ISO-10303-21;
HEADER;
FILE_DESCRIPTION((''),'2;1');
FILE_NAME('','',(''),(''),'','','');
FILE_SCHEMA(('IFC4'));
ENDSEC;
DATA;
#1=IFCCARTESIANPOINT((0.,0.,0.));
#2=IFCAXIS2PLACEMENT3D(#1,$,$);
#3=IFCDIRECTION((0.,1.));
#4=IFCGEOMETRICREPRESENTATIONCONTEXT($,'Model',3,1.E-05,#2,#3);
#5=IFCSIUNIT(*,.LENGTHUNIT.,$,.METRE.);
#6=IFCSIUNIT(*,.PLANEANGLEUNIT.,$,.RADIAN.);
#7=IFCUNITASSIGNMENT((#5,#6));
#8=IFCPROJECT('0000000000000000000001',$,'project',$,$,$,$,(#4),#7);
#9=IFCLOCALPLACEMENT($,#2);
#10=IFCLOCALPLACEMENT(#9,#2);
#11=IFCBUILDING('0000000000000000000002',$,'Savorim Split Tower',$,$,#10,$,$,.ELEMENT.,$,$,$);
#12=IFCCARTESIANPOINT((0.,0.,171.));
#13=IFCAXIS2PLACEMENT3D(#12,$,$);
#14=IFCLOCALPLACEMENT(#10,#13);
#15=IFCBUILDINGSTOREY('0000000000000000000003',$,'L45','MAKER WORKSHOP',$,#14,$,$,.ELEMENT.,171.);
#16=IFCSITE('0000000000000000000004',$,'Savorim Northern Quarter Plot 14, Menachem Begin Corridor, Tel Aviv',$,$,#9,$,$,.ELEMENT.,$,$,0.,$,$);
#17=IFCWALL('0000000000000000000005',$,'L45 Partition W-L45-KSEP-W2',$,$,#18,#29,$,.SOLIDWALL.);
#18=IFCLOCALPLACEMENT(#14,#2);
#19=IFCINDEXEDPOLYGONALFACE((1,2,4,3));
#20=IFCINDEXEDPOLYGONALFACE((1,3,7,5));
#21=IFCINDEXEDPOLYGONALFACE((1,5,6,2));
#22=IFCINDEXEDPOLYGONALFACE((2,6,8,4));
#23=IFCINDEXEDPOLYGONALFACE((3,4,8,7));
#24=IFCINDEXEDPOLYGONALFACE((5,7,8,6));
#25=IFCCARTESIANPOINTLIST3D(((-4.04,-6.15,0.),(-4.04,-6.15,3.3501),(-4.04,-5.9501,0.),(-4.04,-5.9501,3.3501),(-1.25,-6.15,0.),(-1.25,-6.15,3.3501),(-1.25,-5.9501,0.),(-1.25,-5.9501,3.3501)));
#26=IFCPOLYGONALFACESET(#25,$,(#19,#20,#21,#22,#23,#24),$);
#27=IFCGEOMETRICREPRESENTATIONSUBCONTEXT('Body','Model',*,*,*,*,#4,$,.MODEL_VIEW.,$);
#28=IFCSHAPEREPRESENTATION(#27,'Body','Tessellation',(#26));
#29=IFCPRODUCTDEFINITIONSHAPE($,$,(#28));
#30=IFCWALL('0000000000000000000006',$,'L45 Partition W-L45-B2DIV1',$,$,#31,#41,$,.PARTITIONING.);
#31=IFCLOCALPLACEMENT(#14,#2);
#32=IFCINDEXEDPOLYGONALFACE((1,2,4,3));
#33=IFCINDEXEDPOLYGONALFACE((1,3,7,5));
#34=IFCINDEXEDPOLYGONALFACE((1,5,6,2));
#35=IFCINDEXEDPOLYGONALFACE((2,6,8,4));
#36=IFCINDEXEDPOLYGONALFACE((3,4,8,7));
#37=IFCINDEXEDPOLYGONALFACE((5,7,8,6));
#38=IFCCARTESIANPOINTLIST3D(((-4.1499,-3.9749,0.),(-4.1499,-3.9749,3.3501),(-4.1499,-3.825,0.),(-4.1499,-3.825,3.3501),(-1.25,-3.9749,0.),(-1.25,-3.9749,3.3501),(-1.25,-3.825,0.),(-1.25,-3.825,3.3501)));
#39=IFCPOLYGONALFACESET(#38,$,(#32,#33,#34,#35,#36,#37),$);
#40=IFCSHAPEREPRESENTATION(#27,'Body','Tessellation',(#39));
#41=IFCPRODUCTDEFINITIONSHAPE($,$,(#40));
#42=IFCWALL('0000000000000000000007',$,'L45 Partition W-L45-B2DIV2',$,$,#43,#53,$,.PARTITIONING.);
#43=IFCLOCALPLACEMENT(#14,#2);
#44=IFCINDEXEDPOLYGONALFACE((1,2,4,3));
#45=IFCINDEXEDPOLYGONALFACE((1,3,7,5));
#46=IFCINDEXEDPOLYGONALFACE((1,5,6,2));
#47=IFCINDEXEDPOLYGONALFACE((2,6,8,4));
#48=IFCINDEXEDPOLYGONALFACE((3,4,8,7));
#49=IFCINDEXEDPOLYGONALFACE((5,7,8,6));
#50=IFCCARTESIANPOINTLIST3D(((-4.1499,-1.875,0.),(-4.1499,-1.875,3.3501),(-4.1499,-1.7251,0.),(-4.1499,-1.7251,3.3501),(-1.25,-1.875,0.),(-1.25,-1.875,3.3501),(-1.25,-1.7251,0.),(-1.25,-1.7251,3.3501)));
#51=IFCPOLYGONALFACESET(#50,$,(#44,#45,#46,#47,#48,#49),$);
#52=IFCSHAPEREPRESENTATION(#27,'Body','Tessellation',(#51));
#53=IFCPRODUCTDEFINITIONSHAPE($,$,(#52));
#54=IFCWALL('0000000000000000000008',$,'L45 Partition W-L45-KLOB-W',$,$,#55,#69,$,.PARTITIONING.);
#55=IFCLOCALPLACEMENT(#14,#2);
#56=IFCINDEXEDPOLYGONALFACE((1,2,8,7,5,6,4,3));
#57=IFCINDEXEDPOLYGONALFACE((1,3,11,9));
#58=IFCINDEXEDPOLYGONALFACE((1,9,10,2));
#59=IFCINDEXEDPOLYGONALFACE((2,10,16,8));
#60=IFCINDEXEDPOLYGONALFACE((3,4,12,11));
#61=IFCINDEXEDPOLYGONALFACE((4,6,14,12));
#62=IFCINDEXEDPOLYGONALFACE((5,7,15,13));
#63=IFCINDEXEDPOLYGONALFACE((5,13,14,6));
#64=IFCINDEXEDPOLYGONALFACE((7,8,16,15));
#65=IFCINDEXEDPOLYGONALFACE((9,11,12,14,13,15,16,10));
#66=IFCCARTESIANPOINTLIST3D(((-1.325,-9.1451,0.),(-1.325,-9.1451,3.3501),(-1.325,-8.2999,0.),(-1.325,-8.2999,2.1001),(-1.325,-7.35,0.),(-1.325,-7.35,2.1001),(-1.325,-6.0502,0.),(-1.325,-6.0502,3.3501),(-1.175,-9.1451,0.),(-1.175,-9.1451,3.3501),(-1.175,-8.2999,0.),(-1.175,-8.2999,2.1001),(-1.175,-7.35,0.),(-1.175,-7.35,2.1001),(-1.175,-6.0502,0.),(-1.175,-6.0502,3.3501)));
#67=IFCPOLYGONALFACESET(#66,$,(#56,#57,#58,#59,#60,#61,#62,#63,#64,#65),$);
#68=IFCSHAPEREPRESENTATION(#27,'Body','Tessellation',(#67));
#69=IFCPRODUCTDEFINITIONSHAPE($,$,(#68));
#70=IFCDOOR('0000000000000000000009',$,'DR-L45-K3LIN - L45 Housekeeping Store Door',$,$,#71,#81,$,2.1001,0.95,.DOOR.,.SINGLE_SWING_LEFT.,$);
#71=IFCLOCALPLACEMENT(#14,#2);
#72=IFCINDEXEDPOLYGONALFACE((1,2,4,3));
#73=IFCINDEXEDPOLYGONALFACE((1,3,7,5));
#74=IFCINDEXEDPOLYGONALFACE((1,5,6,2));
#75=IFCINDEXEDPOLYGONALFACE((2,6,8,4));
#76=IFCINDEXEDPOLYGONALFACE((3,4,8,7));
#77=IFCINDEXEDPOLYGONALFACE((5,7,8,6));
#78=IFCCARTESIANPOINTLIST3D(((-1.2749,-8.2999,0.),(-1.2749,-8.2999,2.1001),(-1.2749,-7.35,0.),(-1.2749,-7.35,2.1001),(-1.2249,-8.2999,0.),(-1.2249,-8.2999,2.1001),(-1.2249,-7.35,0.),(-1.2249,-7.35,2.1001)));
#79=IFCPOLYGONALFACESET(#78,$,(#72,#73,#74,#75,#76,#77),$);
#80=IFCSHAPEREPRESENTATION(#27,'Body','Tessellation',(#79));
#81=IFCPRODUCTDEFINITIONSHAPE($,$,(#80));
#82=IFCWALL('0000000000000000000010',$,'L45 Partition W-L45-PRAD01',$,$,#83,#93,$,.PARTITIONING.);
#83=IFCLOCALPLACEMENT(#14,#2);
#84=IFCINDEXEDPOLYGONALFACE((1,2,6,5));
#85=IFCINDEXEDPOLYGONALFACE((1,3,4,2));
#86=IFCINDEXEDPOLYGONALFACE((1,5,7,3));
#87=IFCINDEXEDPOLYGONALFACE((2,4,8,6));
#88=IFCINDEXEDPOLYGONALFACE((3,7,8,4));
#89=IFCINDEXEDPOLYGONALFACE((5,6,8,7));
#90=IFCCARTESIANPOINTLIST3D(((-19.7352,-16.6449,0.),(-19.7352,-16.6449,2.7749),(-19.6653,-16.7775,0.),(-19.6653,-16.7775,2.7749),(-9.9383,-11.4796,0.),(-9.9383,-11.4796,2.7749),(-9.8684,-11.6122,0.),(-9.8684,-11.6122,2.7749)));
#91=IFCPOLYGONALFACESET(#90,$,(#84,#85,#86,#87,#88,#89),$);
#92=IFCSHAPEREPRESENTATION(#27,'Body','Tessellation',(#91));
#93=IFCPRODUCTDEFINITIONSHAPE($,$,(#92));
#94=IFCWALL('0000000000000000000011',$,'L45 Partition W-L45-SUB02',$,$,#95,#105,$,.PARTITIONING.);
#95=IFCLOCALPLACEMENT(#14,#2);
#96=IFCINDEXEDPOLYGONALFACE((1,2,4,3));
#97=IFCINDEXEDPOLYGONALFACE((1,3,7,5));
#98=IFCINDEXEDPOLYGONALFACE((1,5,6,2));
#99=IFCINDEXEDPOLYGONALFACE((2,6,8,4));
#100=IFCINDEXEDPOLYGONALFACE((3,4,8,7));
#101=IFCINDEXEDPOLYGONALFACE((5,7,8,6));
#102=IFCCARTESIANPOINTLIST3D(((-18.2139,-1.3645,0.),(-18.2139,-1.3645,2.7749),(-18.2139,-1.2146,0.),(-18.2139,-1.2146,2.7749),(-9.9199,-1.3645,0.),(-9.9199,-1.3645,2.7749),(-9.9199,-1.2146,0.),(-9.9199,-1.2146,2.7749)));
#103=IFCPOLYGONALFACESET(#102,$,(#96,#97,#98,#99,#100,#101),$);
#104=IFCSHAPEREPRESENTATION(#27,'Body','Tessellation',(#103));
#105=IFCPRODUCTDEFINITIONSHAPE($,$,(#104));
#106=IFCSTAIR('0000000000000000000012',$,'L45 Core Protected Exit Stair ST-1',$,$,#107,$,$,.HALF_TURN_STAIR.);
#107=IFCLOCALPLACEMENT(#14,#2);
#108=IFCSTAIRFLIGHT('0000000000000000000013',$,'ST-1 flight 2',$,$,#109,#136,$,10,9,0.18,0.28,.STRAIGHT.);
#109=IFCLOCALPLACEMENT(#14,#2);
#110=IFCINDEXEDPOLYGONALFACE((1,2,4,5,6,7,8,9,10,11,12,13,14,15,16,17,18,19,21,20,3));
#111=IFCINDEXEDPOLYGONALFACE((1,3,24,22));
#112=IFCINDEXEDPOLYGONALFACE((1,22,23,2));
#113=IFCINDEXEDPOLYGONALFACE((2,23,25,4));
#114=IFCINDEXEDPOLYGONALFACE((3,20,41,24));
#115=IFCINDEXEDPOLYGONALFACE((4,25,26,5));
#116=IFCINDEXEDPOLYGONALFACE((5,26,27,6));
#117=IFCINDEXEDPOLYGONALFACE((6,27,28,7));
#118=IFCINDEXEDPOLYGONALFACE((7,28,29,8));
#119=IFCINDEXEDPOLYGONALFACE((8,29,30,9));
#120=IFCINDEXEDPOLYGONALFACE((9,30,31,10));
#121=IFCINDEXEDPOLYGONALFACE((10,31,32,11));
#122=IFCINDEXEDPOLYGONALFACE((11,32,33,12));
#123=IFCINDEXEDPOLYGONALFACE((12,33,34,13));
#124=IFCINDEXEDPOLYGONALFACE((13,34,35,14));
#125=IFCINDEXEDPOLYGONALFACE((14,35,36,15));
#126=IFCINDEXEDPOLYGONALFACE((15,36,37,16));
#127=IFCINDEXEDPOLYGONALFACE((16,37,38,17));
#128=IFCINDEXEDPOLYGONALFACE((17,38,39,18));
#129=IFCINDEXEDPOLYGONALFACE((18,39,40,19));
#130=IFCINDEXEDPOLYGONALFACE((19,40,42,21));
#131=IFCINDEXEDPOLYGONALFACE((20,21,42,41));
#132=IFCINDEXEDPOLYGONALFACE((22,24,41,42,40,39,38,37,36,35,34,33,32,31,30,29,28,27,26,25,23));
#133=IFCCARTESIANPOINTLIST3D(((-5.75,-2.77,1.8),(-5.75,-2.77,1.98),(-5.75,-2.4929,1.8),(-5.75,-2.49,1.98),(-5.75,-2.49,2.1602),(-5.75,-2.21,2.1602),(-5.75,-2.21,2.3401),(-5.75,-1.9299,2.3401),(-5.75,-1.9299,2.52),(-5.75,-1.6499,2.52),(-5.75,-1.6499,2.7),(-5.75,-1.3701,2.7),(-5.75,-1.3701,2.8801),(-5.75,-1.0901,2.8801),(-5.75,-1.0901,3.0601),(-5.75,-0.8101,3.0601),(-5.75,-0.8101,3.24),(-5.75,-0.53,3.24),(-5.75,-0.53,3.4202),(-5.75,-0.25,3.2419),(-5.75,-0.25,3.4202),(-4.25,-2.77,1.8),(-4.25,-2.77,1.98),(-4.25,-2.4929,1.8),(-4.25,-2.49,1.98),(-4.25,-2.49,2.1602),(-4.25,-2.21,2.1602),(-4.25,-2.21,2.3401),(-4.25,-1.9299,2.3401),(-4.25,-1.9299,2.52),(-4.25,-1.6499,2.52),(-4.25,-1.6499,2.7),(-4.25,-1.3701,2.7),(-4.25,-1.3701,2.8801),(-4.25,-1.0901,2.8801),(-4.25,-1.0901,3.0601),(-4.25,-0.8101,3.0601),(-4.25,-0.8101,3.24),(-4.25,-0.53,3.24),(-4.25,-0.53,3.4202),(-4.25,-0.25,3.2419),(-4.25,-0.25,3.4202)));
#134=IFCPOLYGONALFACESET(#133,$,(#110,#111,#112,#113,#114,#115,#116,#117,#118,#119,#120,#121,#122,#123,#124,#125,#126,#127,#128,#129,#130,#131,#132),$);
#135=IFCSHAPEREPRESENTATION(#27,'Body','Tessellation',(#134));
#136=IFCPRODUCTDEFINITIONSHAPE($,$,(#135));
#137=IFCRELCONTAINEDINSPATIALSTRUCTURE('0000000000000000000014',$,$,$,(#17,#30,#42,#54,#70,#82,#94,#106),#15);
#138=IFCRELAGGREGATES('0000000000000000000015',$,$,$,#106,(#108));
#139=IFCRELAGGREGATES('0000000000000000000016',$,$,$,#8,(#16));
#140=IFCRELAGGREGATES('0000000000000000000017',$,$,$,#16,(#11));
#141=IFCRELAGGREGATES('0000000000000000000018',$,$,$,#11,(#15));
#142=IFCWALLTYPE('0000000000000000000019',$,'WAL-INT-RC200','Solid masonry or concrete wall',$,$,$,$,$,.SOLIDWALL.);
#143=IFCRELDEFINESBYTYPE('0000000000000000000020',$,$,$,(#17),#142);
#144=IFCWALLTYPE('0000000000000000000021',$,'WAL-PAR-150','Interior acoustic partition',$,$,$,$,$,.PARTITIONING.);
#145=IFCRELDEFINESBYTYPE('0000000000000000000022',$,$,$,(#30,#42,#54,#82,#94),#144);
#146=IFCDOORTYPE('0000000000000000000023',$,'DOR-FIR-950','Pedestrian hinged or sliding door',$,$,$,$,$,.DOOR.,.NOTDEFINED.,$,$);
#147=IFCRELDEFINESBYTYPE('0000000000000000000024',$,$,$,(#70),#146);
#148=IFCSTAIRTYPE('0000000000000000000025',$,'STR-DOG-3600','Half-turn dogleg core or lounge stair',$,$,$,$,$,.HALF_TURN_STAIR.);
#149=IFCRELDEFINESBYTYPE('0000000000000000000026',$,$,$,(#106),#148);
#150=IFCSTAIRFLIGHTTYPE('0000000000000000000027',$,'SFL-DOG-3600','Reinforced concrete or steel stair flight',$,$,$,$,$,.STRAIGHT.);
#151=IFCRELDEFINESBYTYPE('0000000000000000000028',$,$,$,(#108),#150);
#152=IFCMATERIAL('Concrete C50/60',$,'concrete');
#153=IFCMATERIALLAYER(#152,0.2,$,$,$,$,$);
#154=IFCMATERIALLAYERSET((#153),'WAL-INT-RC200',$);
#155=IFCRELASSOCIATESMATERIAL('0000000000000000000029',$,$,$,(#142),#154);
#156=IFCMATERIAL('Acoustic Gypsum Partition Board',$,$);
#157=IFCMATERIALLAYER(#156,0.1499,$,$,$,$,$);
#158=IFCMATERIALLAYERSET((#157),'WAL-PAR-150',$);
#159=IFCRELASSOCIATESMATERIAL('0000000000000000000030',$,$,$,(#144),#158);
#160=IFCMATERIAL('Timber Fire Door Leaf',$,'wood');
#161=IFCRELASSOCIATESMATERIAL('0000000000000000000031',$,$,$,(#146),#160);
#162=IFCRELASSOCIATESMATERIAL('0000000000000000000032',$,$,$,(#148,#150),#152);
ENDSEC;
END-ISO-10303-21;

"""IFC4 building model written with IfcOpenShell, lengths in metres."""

from ifc_helpers import new_model, si_unit, direction, frame, frame_2d, origin, place, context, subcontext, project, spatial, polyline, rectangle, outline, extrude, material, layer, layer_set, type_object, element, fill, aggregate, save


model = new_model("IFC4")

# Units and contexts
model_context = context("Model", 3, precision=1e-05, world=origin(), true_north=direction((0.0, 1.0)))
body_context = subcontext(model_context, "Body", "Model", "MODEL_VIEW")
ifc_project = project(units=[si_unit("LENGTHUNIT", "METRE"), si_unit("PLANEANGLEUNIT", "RADIAN")], contexts=[model_context])

# Site, building, storey
site_placement = place(None, origin())
site = spatial("IfcSite", under=ifc_project, at=site_placement, Name="Savorim Northern Quarter Plot 14, Menachem Begin Corridor, Tel Aviv", CompositionType="ELEMENT", RefElevation=0.0)
building_placement = place(site_placement, origin())
building = spatial("IfcBuilding", under=site, at=building_placement, Name="Savorim Split Tower", CompositionType="ELEMENT")
storey_placement = place(building_placement, frame((0.0, 0.0, 171.0)))
storey = spatial("IfcBuildingStorey", under=building, at=storey_placement, Name="L45", Description="MAKER WORKSHOP", CompositionType="ELEMENT", Elevation=171.0)

# Shared definitions
ifc_material_1 = material(Name="Timber Fire Door Leaf", Category="wood")

# Shared definitions
ifc_material_2 = material(Name="Concrete C50/60", Category="concrete")
ifc_layer_1 = layer(ifc_material_2, 0.2)
ifc_layer_set_1 = layer_set([ifc_layer_1], Name="WAL-INT-RC200")
wall_type_1 = type_object("IfcWallType", Name="WAL-INT-RC200", Description="Solid masonry or concrete wall", PredefinedType="SOLIDWALL", material=ifc_layer_set_1)

# Walls
wall_1_placement = place(storey_placement, frame((-4.04, -6.05, 0.0), z_axis=(0.0, 0.0, 1.0), x_axis=(1.0, 0.0, 0.0)))
element("IfcWall", 1, at=wall_1_placement, inside=storey, type_object=wall_type_1, Name="L45 Partition W-L45-KSEP-W2", PredefinedType="SOLIDWALL", context=body_context, shape_type="SweptSolid", body=[
    extrude(rectangle(XDim=2.79, YDim=0.2, at=frame_2d((1.395, 0.0))), origin(), (0.0, 0.0, 1.0), 3.3501),
])
ifc_material_3 = material(Name="Acoustic Gypsum Partition Board")
ifc_layer_2 = layer(ifc_material_3, 0.1499)
ifc_layer_set_2 = layer_set([ifc_layer_2], Name="WAL-PAR-150")
wall_type_2 = type_object("IfcWallType", Name="WAL-PAR-150", Description="Interior acoustic partition", PredefinedType="PARTITIONING", material=ifc_layer_set_2)
for number, where, z_axis, x_axis, name in (
    (2, (-4.1499, -3.8999, 0.0), (0.0, 0.0, 1.0), (1.0, 0.0, 0.0), "L45 Partition W-L45-B2DIV1"),
    (3, (-4.1499, -1.8, 0.0), (0.0, 0.0, 1.0), (1.0, 0.0, 0.0), "L45 Partition W-L45-B2DIV2"),
):
    element("IfcWall", number, at=place(storey_placement, frame(where, z_axis=z_axis, x_axis=x_axis)), inside=storey, type_object=wall_type_2, Name=name, PredefinedType="PARTITIONING", context=body_context, shape_type="SweptSolid", body=[
        extrude(rectangle(XDim=2.8999, YDim=0.1499, at=frame_2d((1.45, 0.0))), origin(), (0.0, 0.0, 1.0), 3.3501),
    ])

# Wall, opening, door
wall_2_placement = place(storey_placement, frame((-1.25, -9.145, 0.0), z_axis=(0.0, 0.0, 1.0), x_axis=(0.0, 1.0, 0.0)))
wall_2 = element("IfcWall", 4, at=wall_2_placement, inside=storey, type_object=wall_type_2, Name="L45 Partition W-L45-KLOB-W", PredefinedType="PARTITIONING", context=body_context, shape_type="SweptSolid", body=[
    extrude(rectangle(XDim=3.095, YDim=0.1499, at=frame_2d((1.5474, 0.0))), origin(), (0.0, 0.0, 1.0), 3.3501),
])
opening_1_placement = place(wall_2_placement, frame((0.845, 0.0, 0.0)))
opening_1 = element("IfcOpeningElement", 5, at=opening_1_placement, cuts=wall_2, PredefinedType="OPENING", context=body_context, shape_type="SweptSolid", body=[
    extrude(rectangle(XDim=0.95, YDim=2.1001, at=frame_2d((0.4751, 1.05))), frame((0.0, 0.085, 0.0), z_axis=(0.0, -1.0, 0.0), x_axis=(1.0, 0.0, 0.0)), (0.0, 0.0, 1.0), 0.1699),
])
door_type_1 = type_object("IfcDoorType", Name="DOR-FIR-950", Description="Pedestrian hinged or sliding door", OperationType="NOTDEFINED", PredefinedType="DOOR", material=ifc_material_1)
door_1_placement = place(opening_1_placement, origin())
door_1 = element("IfcDoor", 6, at=door_1_placement, inside=storey, type_object=door_type_1, Name="DR-L45-K3LIN - L45 Housekeeping Store Door", OperationType="SINGLE_SWING_LEFT", OverallHeight=2.1001, OverallWidth=0.95, PredefinedType="DOOR", context=body_context, shape_type="SweptSolid", body=[
    extrude(rectangle(XDim=0.95, YDim=2.1001, at=frame_2d((0.4751, 1.05))), frame((0.0, 0.0249, 0.0), z_axis=(0.0, -1.0, 0.0), x_axis=(1.0, 0.0, 0.0)), (0.0, 0.0, 1.0), 0.05),
])
fill(opening_1, door_1)

# Walls
wall_3_placement = place(storey_placement, frame((-9.9033, -11.5459, 0.0), z_axis=(0.0, 0.0, 1.0), x_axis=(-0.884582, -0.466385, 0.0)))
element("IfcWall", 7, at=wall_3_placement, inside=storey, type_object=wall_type_2, Name="L45 Partition W-L45-PRAD01", PredefinedType="PARTITIONING", context=body_context, shape_type="SweptSolid", body=[
    extrude(rectangle(XDim=11.0752, YDim=0.1499, at=frame_2d((5.5376, 0.0))), origin(), (0.0, 0.0, 1.0), 2.7749),
])
wall_4_placement = place(storey_placement, frame((-9.9199, -1.2896, 0.0), z_axis=(0.0, 0.0, 1.0), x_axis=(-1.0, 0.0, 0.0)))
element("IfcWall", 8, at=wall_4_placement, inside=storey, type_object=wall_type_2, Name="L45 Partition W-L45-SUB02", PredefinedType="PARTITIONING", context=body_context, shape_type="SweptSolid", body=[
    extrude(rectangle(XDim=8.2939, YDim=0.1499, at=frame_2d((4.147, 0.0))), origin(), (0.0, 0.0, 1.0), 2.7749),
])

# Stair, stair flight
stair_type = type_object("IfcStairType", Name="STR-DOG-3600", Description="Half-turn dogleg core or lounge stair", PredefinedType="HALF_TURN_STAIR", material=ifc_material_2)
stair_placement = place(storey_placement, origin())
stair = element("IfcStair", 9, at=stair_placement, inside=storey, type_object=stair_type, Name="L45 Core Protected Exit Stair ST-1", PredefinedType="HALF_TURN_STAIR")
stair_flight_type = type_object("IfcStairFlightType", Name="SFL-DOG-3600", Description="Reinforced concrete or steel stair flight", PredefinedType="STRAIGHT", material=ifc_material_2)
stair_flight_placement = place(storey_placement, frame((-5.0, -2.77, 1.8), z_axis=(0.0, 0.0, 1.0), x_axis=(0.0, 1.0, 0.0)))
stair_flight = element("IfcStairFlight", 10, at=stair_flight_placement, type_object=stair_flight_type, Name="ST-1 flight 2", NumberOfRisers=10, NumberOfTreads=9, PredefinedType="STRAIGHT", RiserHeight=0.18, TreadLength=0.28, context=body_context, shape_type="SweptSolid", body=[
    extrude(outline(polyline([(0.0, 0.0), (0.0, 0.1799), (0.28, 0.1799), (0.28, 0.3601), (0.5601, 0.3601), (0.5601, 0.54), (0.8401, 0.54), (0.8401, 0.72), (1.1201, 0.72), (1.1201, 0.8999), (1.3999, 0.8999), (1.3999, 1.0801), (1.6799, 1.0801), (1.6799, 1.26), (1.96, 1.26), (1.96, 1.4399), (2.24, 1.4399), (2.24, 1.6201), (2.52, 1.6201), (2.52, 1.8), (2.52, 1.4419), (0.2771, 0.0), (0.0, 0.0)])), frame((0.0, 0.75, 0.0), z_axis=(0.0, -1.0, 0.0), x_axis=(1.0, 0.0, 0.0)), (0.0, 0.0, 1.0), 1.5),
])
aggregate(stair, [stair_flight])

save(model, "model.ifc")
